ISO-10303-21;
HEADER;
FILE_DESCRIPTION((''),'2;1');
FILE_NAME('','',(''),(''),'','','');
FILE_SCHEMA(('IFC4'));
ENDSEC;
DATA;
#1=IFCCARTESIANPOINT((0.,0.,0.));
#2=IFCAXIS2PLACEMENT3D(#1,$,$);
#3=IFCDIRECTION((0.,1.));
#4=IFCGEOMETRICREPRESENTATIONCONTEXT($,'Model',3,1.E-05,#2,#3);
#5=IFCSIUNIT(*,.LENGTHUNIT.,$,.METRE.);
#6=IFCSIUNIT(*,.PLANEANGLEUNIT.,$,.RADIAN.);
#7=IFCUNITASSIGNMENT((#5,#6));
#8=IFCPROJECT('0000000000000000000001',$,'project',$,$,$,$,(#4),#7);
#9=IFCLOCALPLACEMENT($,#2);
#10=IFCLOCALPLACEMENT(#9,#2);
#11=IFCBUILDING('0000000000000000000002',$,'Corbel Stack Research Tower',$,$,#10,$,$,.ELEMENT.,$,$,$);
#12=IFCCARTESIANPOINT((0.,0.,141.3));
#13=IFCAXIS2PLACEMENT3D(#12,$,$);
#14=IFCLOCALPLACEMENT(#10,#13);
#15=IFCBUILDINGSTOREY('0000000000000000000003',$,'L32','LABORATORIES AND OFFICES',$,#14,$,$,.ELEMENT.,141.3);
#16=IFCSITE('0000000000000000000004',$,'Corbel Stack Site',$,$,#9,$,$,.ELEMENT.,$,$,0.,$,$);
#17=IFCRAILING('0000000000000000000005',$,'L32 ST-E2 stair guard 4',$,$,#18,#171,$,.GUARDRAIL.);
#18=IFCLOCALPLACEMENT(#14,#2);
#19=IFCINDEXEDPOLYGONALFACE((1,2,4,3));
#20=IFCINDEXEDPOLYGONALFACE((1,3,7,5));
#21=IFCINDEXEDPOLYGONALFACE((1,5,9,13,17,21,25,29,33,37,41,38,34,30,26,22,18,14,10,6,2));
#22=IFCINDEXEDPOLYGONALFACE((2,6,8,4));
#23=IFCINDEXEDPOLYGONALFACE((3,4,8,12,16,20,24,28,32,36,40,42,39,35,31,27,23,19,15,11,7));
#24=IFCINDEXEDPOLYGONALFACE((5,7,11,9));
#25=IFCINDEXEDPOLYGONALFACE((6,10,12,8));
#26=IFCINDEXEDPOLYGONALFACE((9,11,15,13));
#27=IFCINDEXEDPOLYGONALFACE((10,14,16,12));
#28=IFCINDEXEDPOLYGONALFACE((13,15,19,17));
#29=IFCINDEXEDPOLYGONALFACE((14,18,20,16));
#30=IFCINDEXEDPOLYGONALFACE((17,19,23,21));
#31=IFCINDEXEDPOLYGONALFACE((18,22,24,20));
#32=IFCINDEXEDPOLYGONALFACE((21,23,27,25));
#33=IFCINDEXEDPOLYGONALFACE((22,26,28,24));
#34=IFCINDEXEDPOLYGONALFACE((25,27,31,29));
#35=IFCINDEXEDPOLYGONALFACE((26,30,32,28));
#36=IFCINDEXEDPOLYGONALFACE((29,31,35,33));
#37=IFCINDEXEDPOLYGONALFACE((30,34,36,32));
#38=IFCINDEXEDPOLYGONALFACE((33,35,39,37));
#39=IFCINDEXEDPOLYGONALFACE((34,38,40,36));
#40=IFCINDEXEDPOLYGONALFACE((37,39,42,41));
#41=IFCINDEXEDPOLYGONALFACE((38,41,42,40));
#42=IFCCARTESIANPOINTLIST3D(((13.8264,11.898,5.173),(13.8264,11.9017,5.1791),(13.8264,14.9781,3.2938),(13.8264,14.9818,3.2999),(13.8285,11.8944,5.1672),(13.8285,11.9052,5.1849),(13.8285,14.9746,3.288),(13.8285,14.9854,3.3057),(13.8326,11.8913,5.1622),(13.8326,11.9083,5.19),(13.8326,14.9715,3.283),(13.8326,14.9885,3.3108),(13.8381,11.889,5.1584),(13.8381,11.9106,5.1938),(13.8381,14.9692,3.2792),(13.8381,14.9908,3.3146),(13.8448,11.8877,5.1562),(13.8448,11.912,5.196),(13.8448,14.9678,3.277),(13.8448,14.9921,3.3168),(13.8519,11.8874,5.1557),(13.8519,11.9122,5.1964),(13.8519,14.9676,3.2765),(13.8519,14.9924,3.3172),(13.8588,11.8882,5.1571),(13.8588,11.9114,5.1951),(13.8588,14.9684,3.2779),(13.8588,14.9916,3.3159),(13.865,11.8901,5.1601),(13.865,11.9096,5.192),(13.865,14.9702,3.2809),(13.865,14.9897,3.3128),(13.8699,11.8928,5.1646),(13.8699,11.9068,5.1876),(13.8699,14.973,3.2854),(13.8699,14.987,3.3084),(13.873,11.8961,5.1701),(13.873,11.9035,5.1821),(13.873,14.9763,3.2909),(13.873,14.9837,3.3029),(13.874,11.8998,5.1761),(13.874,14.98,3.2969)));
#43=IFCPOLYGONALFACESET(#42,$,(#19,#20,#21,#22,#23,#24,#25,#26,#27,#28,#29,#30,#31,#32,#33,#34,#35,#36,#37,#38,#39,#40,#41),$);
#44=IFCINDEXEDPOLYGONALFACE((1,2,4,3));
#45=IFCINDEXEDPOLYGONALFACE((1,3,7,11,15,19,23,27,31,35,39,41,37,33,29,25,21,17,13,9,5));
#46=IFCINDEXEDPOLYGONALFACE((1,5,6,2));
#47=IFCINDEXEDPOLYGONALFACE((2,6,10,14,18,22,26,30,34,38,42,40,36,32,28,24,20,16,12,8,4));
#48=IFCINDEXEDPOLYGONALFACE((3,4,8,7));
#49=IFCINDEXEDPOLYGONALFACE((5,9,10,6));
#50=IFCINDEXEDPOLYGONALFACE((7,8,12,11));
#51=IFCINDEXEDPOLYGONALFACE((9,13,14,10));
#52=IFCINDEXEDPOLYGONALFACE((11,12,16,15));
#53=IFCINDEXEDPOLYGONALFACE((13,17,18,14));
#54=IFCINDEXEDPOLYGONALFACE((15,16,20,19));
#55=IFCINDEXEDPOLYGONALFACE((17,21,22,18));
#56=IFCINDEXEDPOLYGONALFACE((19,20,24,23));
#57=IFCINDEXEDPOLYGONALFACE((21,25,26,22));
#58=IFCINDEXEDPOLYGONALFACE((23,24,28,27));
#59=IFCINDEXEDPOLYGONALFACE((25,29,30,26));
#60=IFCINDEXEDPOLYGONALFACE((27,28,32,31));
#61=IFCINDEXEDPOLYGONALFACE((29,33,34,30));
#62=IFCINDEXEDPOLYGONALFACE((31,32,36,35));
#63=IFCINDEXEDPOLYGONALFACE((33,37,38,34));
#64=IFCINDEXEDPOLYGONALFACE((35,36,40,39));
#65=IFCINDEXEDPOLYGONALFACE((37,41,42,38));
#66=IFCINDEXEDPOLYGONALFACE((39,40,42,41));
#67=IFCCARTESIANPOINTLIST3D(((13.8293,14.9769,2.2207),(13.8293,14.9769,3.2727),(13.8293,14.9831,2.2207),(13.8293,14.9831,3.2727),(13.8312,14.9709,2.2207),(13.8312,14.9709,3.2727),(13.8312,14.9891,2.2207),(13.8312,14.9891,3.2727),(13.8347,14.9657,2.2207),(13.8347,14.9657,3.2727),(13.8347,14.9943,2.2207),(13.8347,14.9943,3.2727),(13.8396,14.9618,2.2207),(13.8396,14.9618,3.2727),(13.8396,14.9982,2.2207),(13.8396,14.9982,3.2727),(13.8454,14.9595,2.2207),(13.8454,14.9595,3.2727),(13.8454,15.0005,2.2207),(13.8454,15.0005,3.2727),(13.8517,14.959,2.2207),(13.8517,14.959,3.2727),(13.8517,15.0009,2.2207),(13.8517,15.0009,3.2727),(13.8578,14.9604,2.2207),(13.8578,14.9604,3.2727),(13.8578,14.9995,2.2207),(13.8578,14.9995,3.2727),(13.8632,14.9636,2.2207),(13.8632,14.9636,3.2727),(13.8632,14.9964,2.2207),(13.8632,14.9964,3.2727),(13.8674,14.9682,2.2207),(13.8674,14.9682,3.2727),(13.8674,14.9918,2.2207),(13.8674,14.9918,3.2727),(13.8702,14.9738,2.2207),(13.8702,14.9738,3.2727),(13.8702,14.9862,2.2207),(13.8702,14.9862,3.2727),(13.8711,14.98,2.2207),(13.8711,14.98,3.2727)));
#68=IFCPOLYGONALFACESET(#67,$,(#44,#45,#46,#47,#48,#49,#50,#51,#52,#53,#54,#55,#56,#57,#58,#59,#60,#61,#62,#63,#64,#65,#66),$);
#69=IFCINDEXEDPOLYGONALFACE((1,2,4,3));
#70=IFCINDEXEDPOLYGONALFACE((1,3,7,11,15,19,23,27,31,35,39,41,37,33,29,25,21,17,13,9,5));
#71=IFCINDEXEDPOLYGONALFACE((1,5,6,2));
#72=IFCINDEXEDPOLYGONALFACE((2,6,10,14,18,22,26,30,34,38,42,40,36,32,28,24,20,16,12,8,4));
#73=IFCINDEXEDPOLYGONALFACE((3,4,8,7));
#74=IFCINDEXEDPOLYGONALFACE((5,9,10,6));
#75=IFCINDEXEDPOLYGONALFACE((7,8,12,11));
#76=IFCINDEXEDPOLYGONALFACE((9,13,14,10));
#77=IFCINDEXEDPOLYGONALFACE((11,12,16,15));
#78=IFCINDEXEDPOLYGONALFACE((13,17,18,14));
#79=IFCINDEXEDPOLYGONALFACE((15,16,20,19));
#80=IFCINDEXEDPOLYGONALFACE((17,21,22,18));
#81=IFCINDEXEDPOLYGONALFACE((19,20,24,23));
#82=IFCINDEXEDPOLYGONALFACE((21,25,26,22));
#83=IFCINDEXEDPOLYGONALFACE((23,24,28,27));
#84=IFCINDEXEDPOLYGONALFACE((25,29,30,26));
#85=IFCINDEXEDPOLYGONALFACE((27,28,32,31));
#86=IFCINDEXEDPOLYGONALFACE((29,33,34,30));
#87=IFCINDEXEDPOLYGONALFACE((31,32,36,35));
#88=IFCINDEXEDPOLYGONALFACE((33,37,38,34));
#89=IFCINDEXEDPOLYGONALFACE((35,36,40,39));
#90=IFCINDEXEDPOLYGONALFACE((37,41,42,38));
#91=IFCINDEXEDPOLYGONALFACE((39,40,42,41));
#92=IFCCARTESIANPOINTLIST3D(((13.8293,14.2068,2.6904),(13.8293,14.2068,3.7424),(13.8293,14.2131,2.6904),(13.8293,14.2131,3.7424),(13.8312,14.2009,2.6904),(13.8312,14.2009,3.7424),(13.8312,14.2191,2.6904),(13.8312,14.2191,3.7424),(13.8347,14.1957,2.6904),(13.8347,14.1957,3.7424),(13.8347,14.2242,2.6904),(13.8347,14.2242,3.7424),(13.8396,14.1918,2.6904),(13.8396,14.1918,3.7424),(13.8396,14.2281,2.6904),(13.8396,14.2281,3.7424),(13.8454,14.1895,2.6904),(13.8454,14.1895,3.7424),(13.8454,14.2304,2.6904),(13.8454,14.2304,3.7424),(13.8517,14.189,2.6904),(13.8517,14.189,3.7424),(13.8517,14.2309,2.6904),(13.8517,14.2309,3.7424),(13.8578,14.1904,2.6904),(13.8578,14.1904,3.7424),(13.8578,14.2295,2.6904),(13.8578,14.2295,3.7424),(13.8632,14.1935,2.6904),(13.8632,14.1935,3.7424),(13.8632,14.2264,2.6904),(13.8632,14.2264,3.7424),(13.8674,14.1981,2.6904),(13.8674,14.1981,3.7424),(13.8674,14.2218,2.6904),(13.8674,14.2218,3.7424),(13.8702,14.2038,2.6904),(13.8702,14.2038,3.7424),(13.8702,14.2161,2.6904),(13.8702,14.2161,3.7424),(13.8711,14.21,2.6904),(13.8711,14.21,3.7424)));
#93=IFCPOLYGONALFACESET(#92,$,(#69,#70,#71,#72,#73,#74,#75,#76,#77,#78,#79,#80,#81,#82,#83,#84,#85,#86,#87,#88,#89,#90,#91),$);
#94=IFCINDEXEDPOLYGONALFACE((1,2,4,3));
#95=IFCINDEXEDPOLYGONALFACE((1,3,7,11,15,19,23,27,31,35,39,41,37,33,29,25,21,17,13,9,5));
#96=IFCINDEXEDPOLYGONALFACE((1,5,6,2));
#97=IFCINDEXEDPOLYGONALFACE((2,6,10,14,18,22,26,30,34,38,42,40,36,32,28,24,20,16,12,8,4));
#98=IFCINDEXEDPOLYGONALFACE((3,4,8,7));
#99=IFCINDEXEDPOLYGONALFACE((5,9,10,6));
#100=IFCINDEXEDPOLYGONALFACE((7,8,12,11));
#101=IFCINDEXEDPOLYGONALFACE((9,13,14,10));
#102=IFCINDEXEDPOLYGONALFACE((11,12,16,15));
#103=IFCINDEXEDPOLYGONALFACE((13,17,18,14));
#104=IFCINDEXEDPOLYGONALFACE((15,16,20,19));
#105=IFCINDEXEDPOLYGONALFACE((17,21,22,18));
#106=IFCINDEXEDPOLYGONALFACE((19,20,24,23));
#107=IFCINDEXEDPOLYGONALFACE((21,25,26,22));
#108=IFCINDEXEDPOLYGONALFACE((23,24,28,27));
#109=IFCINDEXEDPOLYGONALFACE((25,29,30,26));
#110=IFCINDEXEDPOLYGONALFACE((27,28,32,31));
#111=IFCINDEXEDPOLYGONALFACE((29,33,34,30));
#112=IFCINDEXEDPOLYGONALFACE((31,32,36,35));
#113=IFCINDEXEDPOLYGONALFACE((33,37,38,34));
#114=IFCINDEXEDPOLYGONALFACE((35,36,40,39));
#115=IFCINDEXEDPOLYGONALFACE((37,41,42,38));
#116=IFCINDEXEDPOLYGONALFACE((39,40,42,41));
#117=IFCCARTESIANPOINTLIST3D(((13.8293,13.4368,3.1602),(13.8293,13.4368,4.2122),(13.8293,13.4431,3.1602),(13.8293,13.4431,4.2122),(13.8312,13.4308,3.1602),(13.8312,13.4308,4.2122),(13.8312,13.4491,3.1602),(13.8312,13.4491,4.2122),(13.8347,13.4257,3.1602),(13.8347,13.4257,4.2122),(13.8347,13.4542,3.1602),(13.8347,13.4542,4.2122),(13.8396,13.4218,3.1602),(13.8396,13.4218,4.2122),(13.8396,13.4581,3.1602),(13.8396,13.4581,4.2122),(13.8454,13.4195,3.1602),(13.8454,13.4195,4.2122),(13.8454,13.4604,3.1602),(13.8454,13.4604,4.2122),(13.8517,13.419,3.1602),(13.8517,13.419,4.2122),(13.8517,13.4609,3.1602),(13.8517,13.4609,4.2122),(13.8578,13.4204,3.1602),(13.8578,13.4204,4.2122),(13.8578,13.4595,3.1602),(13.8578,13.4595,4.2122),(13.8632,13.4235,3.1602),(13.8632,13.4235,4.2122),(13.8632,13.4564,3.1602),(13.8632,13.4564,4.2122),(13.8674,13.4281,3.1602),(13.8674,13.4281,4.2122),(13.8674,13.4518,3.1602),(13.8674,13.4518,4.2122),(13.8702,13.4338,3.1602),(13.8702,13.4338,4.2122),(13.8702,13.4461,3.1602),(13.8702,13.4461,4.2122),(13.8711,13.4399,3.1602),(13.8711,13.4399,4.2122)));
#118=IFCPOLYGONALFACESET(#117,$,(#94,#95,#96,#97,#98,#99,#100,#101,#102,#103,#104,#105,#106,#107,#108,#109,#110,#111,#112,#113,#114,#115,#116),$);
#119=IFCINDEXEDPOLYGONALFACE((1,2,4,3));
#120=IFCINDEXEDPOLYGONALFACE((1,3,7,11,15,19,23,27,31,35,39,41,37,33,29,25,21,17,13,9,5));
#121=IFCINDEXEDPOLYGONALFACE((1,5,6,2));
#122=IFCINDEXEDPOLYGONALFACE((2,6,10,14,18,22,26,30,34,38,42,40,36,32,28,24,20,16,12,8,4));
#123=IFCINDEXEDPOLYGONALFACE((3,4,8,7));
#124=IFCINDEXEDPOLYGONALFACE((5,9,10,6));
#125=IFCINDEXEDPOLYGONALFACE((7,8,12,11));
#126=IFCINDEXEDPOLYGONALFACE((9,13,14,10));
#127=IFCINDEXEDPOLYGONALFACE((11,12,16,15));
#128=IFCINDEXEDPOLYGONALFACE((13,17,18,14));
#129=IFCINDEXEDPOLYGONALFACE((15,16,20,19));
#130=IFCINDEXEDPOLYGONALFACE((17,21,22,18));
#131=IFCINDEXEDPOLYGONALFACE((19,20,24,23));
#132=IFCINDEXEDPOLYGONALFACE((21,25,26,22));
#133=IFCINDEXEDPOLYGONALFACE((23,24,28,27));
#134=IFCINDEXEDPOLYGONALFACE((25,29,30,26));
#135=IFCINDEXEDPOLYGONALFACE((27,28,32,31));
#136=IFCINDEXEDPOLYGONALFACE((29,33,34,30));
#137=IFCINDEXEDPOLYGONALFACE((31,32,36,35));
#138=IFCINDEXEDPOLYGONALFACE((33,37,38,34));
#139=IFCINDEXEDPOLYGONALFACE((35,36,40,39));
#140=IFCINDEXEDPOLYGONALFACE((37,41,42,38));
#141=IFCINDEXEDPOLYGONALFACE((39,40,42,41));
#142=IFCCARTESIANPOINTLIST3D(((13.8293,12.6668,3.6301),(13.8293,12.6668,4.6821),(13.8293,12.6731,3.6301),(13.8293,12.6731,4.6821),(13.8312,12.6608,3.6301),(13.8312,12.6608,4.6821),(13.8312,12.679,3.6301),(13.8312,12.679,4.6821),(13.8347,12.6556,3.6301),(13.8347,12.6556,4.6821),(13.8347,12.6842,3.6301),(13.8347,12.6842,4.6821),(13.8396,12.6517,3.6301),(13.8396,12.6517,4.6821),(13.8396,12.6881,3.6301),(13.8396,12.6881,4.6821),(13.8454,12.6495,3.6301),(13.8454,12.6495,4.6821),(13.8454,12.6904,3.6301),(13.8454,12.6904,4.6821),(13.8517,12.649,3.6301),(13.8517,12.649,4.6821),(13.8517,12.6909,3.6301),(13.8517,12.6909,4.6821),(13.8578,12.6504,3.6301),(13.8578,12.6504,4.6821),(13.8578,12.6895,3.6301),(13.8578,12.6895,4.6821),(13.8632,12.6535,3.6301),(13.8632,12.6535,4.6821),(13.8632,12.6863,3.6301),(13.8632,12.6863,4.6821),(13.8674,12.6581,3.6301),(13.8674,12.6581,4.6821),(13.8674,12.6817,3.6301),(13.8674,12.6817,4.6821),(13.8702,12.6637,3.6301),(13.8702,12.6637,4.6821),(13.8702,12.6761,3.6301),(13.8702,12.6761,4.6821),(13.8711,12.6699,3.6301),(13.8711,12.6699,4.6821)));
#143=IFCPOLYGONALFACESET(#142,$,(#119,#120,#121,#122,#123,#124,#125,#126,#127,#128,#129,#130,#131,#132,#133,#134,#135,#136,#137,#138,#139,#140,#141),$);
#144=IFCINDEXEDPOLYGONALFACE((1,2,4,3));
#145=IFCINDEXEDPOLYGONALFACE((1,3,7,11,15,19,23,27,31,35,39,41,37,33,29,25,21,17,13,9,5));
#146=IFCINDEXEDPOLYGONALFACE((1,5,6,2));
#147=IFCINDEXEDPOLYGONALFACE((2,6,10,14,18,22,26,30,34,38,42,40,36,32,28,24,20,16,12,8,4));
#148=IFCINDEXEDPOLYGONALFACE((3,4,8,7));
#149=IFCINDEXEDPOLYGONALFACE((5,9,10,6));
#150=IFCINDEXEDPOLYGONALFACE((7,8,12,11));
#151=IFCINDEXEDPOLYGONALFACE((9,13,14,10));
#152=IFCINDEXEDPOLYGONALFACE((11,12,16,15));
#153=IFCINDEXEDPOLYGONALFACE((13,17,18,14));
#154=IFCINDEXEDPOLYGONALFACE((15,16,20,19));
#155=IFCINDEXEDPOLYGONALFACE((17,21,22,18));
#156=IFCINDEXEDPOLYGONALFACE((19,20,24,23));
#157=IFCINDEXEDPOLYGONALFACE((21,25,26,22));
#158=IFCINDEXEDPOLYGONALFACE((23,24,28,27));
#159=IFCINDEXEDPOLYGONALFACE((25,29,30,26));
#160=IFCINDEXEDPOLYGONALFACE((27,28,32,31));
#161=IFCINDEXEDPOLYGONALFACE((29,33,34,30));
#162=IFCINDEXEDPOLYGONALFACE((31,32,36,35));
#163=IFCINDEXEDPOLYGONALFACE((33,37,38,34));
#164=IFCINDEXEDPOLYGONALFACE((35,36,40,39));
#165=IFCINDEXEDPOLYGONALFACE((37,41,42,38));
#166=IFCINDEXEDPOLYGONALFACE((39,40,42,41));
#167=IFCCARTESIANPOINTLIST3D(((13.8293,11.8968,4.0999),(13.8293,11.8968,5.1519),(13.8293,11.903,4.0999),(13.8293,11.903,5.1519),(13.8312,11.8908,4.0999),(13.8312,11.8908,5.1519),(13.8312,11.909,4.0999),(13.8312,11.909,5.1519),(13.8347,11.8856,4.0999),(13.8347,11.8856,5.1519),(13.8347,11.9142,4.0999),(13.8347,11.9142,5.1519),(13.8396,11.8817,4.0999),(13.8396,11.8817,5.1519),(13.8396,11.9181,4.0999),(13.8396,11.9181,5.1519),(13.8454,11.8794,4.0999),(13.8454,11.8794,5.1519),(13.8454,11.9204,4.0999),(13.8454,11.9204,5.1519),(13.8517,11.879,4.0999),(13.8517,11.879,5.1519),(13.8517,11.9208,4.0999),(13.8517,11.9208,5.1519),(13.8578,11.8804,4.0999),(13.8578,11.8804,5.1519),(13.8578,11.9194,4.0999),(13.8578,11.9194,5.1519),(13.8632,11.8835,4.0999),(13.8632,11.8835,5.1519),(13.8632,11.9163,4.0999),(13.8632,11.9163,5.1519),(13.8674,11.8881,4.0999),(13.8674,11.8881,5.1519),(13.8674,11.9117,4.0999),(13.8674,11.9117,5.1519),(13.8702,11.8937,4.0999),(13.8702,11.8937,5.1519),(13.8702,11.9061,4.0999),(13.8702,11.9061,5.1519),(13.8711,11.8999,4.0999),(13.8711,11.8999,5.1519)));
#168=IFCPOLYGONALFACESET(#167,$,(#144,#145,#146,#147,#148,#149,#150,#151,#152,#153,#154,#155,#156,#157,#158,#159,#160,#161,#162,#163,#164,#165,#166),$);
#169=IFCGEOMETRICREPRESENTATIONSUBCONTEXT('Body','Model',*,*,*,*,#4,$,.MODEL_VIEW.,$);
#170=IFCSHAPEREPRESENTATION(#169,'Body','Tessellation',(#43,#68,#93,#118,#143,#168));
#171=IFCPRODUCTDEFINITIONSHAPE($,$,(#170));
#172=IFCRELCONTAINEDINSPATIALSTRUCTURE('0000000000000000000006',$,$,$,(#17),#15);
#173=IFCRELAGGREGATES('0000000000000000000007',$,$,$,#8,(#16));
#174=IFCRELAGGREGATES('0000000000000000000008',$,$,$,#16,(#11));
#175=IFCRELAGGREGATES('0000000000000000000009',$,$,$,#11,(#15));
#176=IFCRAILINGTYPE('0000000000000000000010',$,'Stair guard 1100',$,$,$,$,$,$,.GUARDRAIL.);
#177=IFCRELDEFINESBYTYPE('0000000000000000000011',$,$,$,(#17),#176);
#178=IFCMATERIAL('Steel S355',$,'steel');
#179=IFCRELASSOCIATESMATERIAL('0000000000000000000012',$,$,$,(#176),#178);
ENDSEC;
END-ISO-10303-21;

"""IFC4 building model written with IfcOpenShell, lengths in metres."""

from ifc_helpers import new_model, si_unit, direction, frame, origin, origin_2d, place, context, subcontext, project, spatial, circle, extrude, material, type_object, element, save


model = new_model("IFC4")

# Units and contexts
model_context = context("Model", 3, precision=1e-05, world=origin(), true_north=direction((0.0, 1.0)))
body_context = subcontext(model_context, "Body", "Model", "MODEL_VIEW")
ifc_project = project(units=[si_unit("LENGTHUNIT", "METRE"), si_unit("PLANEANGLEUNIT", "RADIAN")], contexts=[model_context])

# Site, building, storey
site_placement = place(None, origin())
site = spatial("IfcSite", under=ifc_project, at=site_placement, Name="Corbel Stack Site", CompositionType="ELEMENT", RefElevation=0.0)
building_placement = place(site_placement, origin())
building = spatial("IfcBuilding", under=site, at=building_placement, Name="Corbel Stack Research Tower", CompositionType="ELEMENT")
storey_placement = place(building_placement, frame((0.0, 0.0, 141.3)))
storey = spatial("IfcBuildingStorey", under=building, at=storey_placement, Name="L32", Description="LABORATORIES AND OFFICES", CompositionType="ELEMENT", Elevation=141.3)

# Railing
ifc_material_1 = material(Name="Steel S355", Category="steel")
railing_type_1 = type_object("IfcRailingType", Name="Stair guard 1100", PredefinedType="GUARDRAIL", material=ifc_material_1)
railing_1_placement = place(storey_placement, frame((13.8501, 14.98, 2.2207)))
element("IfcRailing", 1, at=railing_1_placement, inside=storey, type_object=railing_type_1, Name="L32 ST-E2 stair guard 4", PredefinedType="GUARDRAIL", context=body_context, shape_type="SweptSolid", body=[
    extrude(circle(Radius=0.0239, at=origin_2d()), frame((0.0, 0.0, 1.0762), z_axis=(0.0, -0.853666, 0.52082), x_axis=(1.0, 0.0, 0.0)), (0.0, 0.0, 1.0), 3.6082),
    extrude(circle(Radius=0.021, at=origin_2d()), origin(), (0.0, 0.0, 1.0), 1.052),
    extrude(circle(Radius=0.021, at=origin_2d()), frame((0.0, -0.77, 0.4697)), (0.0, 0.0, 1.0), 1.052),
    extrude(circle(Radius=0.021, at=origin_2d()), frame((0.0, -1.54, 0.9395)), (0.0, 0.0, 1.0), 1.052),
    extrude(circle(Radius=0.021, at=origin_2d()), frame((0.0, -2.3101, 1.4094)), (0.0, 0.0, 1.0), 1.052),
    extrude(circle(Radius=0.021, at=origin_2d()), frame((0.0, -3.0801, 1.8792)), (0.0, 0.0, 1.0), 1.052),
])

save(model, "model.ifc")
